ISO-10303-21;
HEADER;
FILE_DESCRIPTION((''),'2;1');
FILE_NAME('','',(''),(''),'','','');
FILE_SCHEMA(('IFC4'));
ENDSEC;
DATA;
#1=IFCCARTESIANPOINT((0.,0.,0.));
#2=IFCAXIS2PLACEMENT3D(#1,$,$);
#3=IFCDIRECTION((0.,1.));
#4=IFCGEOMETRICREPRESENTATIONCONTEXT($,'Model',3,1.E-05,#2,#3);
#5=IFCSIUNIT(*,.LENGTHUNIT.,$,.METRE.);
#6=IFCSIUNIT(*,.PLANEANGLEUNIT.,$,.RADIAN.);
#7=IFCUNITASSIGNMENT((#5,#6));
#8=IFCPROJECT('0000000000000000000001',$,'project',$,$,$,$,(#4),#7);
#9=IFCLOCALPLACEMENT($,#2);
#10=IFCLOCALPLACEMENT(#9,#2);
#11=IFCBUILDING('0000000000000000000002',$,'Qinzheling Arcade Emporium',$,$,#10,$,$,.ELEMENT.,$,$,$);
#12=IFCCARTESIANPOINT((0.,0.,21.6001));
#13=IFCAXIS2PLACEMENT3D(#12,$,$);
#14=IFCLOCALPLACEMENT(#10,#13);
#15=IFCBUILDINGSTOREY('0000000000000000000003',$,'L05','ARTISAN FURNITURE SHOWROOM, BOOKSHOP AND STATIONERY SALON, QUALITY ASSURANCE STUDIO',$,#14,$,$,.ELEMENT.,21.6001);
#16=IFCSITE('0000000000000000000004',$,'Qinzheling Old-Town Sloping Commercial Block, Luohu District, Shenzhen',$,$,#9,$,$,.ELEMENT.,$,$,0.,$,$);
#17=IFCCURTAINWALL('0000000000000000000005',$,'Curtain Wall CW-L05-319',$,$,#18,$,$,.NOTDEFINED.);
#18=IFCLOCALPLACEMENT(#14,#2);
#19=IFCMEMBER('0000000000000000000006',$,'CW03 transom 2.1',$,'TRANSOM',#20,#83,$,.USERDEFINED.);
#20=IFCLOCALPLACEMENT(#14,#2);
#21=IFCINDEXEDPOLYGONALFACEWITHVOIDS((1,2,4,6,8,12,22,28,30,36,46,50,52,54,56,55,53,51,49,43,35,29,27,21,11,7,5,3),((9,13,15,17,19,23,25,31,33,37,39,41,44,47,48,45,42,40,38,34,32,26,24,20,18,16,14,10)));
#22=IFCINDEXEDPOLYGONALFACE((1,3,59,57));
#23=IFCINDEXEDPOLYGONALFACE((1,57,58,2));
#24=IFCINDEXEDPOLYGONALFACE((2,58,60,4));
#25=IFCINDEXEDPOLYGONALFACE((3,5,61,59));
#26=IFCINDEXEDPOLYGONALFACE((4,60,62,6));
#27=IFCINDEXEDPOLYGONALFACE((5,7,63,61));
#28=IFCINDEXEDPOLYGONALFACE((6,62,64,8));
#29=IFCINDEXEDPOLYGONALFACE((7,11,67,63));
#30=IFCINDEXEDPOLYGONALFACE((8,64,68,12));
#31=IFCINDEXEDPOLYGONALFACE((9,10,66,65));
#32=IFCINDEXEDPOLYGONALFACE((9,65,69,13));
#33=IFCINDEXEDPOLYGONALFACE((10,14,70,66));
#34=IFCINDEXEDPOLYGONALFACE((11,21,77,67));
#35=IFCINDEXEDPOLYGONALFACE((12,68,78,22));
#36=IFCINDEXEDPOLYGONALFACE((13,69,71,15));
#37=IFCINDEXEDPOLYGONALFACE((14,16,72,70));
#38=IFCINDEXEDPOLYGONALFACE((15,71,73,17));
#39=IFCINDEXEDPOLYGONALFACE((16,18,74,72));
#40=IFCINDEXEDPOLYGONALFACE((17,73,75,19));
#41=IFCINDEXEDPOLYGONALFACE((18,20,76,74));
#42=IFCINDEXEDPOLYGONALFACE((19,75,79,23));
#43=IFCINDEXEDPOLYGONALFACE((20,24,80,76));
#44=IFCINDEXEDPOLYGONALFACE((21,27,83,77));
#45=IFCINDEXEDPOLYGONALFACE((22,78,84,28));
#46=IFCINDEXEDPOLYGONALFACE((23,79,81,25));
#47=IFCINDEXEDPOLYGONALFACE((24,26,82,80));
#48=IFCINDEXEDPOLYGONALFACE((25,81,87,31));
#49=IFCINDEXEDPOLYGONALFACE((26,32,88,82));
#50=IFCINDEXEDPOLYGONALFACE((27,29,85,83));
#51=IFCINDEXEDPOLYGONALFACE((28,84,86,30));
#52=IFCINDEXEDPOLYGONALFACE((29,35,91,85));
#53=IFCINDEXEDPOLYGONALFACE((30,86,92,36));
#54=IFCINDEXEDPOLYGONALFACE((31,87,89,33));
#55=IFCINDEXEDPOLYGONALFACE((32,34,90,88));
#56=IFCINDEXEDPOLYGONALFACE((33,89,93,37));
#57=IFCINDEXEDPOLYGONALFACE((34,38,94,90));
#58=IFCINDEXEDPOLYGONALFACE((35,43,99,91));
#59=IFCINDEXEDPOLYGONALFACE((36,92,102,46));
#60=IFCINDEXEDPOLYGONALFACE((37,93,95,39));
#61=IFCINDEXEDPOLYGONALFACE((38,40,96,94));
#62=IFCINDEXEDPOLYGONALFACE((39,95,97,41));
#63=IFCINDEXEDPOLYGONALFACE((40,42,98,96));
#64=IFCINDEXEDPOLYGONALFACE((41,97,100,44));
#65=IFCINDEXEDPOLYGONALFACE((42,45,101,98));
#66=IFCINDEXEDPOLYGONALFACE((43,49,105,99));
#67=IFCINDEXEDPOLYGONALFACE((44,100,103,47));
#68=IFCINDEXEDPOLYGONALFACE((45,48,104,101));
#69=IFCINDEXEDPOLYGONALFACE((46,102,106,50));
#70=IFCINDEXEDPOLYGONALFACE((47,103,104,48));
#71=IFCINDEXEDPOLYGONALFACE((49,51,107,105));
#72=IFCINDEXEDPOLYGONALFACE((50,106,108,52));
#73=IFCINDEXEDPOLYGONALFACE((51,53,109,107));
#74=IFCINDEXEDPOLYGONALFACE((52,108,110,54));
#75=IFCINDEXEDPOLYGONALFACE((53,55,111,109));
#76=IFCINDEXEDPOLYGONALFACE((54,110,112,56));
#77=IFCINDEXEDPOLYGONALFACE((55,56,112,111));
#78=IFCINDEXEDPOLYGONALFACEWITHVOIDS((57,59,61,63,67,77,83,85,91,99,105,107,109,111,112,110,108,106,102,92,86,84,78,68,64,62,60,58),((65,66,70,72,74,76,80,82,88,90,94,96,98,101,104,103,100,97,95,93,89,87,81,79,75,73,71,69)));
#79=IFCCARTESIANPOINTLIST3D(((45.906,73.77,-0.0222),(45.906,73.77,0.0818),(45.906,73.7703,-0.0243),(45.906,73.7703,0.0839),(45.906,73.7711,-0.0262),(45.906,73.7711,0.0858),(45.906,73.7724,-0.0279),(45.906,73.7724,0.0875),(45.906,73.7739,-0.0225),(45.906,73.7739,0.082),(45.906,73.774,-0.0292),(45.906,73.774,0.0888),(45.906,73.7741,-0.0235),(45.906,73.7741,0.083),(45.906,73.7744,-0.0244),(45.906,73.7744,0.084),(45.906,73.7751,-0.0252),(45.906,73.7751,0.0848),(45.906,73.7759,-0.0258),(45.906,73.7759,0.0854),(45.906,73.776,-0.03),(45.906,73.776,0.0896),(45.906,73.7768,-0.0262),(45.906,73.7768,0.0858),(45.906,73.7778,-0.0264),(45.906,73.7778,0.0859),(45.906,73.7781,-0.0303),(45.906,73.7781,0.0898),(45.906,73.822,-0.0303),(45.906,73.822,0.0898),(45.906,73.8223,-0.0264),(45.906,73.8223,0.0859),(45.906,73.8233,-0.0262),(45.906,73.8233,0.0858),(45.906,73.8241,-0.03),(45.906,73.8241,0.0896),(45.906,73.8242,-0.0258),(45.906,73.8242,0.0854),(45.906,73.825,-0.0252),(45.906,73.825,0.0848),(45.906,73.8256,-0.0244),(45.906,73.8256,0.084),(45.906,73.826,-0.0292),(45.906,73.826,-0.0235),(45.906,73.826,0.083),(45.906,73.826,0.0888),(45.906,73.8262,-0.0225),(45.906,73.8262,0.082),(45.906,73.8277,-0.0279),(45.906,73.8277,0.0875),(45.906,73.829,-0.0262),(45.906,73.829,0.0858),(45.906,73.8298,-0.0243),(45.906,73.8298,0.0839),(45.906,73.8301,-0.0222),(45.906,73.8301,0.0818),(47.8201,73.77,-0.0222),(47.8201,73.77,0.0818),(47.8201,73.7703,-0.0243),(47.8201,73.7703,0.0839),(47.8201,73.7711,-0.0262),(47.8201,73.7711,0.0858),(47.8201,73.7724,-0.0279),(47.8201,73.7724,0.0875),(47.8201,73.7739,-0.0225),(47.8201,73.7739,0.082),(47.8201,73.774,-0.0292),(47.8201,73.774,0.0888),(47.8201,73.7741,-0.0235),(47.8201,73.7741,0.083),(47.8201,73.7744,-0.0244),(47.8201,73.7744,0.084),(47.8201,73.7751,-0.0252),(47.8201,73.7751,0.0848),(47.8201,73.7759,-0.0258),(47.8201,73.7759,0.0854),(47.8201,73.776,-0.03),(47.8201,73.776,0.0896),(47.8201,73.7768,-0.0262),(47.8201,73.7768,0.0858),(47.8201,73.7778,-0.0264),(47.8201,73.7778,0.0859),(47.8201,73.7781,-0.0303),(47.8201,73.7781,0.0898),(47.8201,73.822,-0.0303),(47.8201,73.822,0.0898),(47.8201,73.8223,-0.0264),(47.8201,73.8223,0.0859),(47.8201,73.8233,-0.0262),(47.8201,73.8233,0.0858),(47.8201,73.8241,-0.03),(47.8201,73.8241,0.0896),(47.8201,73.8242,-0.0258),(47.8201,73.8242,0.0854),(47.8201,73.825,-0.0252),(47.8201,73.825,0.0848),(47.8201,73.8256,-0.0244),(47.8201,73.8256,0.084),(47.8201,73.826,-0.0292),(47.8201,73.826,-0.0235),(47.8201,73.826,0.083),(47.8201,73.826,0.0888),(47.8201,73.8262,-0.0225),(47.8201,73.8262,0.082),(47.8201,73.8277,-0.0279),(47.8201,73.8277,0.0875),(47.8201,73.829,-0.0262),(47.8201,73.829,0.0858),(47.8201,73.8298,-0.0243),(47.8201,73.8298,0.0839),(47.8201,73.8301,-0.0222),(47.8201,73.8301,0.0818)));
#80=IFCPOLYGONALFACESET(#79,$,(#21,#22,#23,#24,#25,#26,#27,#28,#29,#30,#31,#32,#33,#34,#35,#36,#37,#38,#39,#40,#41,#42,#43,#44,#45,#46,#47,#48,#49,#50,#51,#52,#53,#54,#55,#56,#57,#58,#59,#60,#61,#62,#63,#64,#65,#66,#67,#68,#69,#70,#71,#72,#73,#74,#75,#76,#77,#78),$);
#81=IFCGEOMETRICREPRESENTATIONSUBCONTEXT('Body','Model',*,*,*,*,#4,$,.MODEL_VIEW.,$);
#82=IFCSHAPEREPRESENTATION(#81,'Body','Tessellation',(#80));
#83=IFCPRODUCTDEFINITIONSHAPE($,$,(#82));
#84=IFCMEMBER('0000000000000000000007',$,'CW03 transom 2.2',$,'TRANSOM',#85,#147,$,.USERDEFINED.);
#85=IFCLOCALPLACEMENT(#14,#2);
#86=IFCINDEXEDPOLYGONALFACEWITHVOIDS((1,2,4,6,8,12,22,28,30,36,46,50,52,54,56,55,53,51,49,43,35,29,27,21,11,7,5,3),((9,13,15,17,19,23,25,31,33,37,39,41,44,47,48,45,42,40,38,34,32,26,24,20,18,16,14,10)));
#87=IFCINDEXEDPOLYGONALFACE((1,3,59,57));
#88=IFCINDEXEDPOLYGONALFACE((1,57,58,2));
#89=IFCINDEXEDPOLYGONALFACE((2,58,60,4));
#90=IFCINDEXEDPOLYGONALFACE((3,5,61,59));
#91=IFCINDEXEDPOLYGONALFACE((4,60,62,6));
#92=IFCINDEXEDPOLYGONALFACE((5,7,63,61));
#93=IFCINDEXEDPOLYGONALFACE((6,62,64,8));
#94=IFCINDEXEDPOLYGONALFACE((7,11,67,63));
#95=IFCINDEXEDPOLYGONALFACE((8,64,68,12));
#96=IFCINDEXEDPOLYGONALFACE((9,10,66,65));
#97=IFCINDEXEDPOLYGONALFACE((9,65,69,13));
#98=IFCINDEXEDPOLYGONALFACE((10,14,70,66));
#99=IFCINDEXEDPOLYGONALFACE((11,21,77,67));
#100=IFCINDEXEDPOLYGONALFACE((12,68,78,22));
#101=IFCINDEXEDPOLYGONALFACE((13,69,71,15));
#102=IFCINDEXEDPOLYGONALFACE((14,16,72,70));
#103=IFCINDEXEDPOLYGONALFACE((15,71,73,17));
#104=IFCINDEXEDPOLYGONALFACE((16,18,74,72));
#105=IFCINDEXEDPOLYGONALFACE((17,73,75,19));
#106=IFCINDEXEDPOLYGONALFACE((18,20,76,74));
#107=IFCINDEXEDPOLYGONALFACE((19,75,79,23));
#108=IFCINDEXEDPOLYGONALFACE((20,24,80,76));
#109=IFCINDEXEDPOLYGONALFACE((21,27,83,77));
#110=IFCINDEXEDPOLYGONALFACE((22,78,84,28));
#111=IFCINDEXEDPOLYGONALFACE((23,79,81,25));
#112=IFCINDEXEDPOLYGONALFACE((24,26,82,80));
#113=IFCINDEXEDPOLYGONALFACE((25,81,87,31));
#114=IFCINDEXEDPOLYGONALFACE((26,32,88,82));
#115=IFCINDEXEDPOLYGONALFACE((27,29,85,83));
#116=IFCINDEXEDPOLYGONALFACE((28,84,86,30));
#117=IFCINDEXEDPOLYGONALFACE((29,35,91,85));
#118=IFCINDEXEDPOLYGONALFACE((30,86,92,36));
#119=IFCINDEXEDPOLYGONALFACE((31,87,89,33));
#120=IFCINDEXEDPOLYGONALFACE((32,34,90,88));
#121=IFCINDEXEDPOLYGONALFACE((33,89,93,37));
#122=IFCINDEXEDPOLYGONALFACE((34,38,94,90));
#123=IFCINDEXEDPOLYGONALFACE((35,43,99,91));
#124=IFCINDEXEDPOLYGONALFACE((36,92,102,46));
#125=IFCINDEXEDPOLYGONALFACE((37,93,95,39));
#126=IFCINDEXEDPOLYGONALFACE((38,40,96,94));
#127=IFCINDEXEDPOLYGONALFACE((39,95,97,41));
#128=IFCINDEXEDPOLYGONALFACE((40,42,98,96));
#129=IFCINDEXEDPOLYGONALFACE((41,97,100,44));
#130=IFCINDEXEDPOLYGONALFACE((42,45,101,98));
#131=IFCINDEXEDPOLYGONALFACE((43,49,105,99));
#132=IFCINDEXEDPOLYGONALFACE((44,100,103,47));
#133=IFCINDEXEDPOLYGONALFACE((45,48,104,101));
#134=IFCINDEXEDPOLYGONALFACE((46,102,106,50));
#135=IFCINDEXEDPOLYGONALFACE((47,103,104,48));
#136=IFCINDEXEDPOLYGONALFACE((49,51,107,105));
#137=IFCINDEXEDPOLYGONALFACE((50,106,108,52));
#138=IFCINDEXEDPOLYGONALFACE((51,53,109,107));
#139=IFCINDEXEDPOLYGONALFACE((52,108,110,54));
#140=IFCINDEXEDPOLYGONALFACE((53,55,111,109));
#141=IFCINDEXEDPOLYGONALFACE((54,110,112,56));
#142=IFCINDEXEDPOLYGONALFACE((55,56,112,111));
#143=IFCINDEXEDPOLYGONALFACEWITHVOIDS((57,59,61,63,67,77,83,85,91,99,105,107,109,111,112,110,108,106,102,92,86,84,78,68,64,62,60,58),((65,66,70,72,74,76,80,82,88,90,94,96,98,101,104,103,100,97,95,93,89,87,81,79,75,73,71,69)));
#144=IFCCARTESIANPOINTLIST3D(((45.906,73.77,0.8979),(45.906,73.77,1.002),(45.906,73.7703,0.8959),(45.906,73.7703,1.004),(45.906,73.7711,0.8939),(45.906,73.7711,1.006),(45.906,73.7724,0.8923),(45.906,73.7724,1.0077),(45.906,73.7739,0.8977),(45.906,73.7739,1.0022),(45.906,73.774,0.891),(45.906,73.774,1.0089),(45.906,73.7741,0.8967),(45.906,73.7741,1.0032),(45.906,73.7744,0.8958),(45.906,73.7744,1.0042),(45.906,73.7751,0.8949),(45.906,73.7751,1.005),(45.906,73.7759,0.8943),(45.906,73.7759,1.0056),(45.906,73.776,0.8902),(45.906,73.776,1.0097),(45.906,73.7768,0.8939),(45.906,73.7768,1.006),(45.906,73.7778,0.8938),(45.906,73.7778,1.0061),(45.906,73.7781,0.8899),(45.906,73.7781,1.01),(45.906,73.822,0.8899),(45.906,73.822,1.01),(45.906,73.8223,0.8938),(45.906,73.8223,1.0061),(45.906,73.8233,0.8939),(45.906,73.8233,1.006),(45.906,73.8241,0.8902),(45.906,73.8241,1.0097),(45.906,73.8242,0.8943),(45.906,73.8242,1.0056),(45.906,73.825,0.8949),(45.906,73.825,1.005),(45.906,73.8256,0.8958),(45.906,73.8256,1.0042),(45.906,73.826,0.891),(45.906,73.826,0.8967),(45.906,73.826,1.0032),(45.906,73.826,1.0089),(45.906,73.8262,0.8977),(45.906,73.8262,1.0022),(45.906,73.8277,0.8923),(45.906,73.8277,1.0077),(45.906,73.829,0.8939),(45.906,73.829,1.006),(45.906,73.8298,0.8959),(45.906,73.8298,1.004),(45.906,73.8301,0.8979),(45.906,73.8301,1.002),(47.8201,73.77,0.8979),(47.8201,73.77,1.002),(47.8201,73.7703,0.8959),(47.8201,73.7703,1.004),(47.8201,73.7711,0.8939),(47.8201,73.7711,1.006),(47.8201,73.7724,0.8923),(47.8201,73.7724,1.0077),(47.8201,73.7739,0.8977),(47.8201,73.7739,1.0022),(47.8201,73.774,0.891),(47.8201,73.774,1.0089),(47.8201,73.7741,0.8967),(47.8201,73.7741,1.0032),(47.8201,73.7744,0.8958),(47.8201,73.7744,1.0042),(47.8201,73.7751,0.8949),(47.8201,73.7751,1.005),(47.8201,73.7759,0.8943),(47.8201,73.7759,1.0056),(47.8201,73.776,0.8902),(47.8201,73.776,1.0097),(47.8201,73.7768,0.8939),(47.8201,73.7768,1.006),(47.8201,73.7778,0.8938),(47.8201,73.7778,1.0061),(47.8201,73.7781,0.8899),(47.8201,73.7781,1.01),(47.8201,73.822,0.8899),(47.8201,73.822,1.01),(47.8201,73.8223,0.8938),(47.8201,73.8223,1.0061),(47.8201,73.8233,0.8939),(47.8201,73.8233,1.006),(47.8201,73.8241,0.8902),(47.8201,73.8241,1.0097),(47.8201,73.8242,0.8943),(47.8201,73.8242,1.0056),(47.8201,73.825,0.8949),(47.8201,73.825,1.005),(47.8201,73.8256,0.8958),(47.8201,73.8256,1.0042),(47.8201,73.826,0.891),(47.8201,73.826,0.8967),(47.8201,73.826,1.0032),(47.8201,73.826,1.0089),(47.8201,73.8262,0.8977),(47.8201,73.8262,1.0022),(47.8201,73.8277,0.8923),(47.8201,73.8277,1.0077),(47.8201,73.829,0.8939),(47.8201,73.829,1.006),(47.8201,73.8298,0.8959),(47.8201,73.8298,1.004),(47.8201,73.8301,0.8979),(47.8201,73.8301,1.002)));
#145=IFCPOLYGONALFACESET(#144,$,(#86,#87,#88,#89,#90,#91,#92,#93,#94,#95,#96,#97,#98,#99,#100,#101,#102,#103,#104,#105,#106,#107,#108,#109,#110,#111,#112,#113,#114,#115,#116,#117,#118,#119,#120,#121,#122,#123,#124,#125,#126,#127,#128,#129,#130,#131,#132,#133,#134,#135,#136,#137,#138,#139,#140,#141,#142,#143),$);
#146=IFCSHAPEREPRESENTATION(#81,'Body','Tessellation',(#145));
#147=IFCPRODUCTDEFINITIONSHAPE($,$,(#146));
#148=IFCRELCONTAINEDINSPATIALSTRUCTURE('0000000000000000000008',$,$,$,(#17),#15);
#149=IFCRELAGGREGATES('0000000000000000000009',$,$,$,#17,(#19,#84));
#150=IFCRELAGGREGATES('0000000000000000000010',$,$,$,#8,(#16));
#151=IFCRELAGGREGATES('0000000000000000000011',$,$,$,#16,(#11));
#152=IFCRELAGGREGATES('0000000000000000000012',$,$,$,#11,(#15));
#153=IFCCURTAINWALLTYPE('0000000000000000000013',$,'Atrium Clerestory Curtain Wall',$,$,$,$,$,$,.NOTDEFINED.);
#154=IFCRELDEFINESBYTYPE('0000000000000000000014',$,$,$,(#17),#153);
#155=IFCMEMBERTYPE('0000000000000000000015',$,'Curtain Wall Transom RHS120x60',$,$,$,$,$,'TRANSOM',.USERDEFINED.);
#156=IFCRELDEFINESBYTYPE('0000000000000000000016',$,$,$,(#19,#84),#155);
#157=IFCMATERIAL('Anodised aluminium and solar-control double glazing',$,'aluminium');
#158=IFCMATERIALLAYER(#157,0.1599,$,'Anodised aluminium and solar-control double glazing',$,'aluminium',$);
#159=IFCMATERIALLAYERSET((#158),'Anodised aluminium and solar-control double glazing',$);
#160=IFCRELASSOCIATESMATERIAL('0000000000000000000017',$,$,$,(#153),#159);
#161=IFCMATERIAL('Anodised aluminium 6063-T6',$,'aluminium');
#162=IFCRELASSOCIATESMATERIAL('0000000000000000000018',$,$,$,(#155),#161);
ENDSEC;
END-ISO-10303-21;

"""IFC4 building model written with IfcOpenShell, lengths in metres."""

from ifc_helpers import new_model, si_unit, direction, frame, origin, origin_2d, place, context, subcontext, project, spatial, hollow_rectangle, extrude, material, layer, layer_set, material_profile, profile_set, type_object, element, aggregate, save


model = new_model("IFC4")

# Units and contexts
model_context = context("Model", 3, precision=1e-05, world=origin(), true_north=direction((0.0, 1.0)))
body_context = subcontext(model_context, "Body", "Model", "MODEL_VIEW")
ifc_project = project(units=[si_unit("LENGTHUNIT", "METRE"), si_unit("PLANEANGLEUNIT", "RADIAN")], contexts=[model_context])

# Site, building, storey
site_placement = place(None, origin())
site = spatial("IfcSite", under=ifc_project, at=site_placement, Name="Qinzheling Old-Town Sloping Commercial Block, Luohu District, Shenzhen", CompositionType="ELEMENT", RefElevation=0.0)
building_placement = place(site_placement, origin())
building = spatial("IfcBuilding", under=site, at=building_placement, Name="Qinzheling Arcade Emporium", CompositionType="ELEMENT")
storey_placement = place(building_placement, frame((0.0, 0.0, 21.6001)))
storey = spatial("IfcBuildingStorey", under=building, at=storey_placement, Name="L05", Description="ARTISAN FURNITURE SHOWROOM, BOOKSHOP AND STATIONERY SALON, QUALITY ASSURANCE STUDIO", CompositionType="ELEMENT", Elevation=21.6001)

# Curtain wall, members
ifc_material_1 = material(Name="Anodised aluminium and solar-control double glazing", Category="aluminium")
ifc_layer_1 = layer(ifc_material_1, 0.1599, Name="Anodised aluminium and solar-control double glazing", Category="aluminium")
ifc_layer_set_1 = layer_set([ifc_layer_1], Name="Anodised aluminium and solar-control double glazing")
curtain_wall_type = type_object("IfcCurtainWallType", Name="Atrium Clerestory Curtain Wall", PredefinedType="NOTDEFINED", material=ifc_layer_set_1)
curtain_wall_placement = place(storey_placement, origin())
curtain_wall = element("IfcCurtainWall", 1, at=curtain_wall_placement, inside=storey, type_object=curtain_wall_type, Name="Curtain Wall CW-L05-319", PredefinedType="NOTDEFINED")
ifc_material_2 = material(Name="Anodised aluminium 6063-T6", Category="aluminium")
ifc_material_profile_1 = material_profile(ifc_material_2, hollow_rectangle(XDim=0.0601, YDim=0.1201, WallThickness=0.0039, InnerFilletRadius=0.0039, OuterFilletRadius=0.0081, at=origin_2d()), Name="RHS 120x60x4", Category="aluminium")
ifc_profile_set_1 = profile_set([ifc_material_profile_1], Name="Anodised aluminium 6063-T6")
member_type_1 = type_object("IfcMemberType", Name="Curtain Wall Transom RHS120x60", ElementType="TRANSOM", PredefinedType="USERDEFINED", material=ifc_profile_set_1)
member_1_placement = place(storey_placement, frame((45.906, 73.8, 0.0298), z_axis=(1.0, 0.0, 0.0), x_axis=(0.0, 1.0, 0.0)))
member_1 = element("IfcMember", 2, at=member_1_placement, type_object=member_type_1, Name="CW03 transom 2.1", ObjectType="TRANSOM", PredefinedType="USERDEFINED", context=body_context, shape_type="SweptSolid", body=[
    extrude(hollow_rectangle(XDim=0.0601, YDim=0.1201, WallThickness=0.0039, InnerFilletRadius=0.0039, OuterFilletRadius=0.0081, at=origin_2d()), origin(), (0.0, 0.0, 1.0), 1.9141),
])
member_2_placement = place(storey_placement, frame((45.906, 73.8, 0.95), z_axis=(1.0, 0.0, 0.0), x_axis=(0.0, 1.0, 0.0)))
member_2 = element("IfcMember", 3, at=member_2_placement, type_object=member_type_1, Name="CW03 transom 2.2", ObjectType="TRANSOM", PredefinedType="USERDEFINED", context=body_context, shape_type="SweptSolid", body=[
    extrude(hollow_rectangle(XDim=0.0601, YDim=0.1201, WallThickness=0.0039, InnerFilletRadius=0.0039, OuterFilletRadius=0.0081, at=origin_2d()), origin(), (0.0, 0.0, 1.0), 1.9141),
])

aggregate(curtain_wall, [member_1, member_2])

save(model, "model.ifc")
